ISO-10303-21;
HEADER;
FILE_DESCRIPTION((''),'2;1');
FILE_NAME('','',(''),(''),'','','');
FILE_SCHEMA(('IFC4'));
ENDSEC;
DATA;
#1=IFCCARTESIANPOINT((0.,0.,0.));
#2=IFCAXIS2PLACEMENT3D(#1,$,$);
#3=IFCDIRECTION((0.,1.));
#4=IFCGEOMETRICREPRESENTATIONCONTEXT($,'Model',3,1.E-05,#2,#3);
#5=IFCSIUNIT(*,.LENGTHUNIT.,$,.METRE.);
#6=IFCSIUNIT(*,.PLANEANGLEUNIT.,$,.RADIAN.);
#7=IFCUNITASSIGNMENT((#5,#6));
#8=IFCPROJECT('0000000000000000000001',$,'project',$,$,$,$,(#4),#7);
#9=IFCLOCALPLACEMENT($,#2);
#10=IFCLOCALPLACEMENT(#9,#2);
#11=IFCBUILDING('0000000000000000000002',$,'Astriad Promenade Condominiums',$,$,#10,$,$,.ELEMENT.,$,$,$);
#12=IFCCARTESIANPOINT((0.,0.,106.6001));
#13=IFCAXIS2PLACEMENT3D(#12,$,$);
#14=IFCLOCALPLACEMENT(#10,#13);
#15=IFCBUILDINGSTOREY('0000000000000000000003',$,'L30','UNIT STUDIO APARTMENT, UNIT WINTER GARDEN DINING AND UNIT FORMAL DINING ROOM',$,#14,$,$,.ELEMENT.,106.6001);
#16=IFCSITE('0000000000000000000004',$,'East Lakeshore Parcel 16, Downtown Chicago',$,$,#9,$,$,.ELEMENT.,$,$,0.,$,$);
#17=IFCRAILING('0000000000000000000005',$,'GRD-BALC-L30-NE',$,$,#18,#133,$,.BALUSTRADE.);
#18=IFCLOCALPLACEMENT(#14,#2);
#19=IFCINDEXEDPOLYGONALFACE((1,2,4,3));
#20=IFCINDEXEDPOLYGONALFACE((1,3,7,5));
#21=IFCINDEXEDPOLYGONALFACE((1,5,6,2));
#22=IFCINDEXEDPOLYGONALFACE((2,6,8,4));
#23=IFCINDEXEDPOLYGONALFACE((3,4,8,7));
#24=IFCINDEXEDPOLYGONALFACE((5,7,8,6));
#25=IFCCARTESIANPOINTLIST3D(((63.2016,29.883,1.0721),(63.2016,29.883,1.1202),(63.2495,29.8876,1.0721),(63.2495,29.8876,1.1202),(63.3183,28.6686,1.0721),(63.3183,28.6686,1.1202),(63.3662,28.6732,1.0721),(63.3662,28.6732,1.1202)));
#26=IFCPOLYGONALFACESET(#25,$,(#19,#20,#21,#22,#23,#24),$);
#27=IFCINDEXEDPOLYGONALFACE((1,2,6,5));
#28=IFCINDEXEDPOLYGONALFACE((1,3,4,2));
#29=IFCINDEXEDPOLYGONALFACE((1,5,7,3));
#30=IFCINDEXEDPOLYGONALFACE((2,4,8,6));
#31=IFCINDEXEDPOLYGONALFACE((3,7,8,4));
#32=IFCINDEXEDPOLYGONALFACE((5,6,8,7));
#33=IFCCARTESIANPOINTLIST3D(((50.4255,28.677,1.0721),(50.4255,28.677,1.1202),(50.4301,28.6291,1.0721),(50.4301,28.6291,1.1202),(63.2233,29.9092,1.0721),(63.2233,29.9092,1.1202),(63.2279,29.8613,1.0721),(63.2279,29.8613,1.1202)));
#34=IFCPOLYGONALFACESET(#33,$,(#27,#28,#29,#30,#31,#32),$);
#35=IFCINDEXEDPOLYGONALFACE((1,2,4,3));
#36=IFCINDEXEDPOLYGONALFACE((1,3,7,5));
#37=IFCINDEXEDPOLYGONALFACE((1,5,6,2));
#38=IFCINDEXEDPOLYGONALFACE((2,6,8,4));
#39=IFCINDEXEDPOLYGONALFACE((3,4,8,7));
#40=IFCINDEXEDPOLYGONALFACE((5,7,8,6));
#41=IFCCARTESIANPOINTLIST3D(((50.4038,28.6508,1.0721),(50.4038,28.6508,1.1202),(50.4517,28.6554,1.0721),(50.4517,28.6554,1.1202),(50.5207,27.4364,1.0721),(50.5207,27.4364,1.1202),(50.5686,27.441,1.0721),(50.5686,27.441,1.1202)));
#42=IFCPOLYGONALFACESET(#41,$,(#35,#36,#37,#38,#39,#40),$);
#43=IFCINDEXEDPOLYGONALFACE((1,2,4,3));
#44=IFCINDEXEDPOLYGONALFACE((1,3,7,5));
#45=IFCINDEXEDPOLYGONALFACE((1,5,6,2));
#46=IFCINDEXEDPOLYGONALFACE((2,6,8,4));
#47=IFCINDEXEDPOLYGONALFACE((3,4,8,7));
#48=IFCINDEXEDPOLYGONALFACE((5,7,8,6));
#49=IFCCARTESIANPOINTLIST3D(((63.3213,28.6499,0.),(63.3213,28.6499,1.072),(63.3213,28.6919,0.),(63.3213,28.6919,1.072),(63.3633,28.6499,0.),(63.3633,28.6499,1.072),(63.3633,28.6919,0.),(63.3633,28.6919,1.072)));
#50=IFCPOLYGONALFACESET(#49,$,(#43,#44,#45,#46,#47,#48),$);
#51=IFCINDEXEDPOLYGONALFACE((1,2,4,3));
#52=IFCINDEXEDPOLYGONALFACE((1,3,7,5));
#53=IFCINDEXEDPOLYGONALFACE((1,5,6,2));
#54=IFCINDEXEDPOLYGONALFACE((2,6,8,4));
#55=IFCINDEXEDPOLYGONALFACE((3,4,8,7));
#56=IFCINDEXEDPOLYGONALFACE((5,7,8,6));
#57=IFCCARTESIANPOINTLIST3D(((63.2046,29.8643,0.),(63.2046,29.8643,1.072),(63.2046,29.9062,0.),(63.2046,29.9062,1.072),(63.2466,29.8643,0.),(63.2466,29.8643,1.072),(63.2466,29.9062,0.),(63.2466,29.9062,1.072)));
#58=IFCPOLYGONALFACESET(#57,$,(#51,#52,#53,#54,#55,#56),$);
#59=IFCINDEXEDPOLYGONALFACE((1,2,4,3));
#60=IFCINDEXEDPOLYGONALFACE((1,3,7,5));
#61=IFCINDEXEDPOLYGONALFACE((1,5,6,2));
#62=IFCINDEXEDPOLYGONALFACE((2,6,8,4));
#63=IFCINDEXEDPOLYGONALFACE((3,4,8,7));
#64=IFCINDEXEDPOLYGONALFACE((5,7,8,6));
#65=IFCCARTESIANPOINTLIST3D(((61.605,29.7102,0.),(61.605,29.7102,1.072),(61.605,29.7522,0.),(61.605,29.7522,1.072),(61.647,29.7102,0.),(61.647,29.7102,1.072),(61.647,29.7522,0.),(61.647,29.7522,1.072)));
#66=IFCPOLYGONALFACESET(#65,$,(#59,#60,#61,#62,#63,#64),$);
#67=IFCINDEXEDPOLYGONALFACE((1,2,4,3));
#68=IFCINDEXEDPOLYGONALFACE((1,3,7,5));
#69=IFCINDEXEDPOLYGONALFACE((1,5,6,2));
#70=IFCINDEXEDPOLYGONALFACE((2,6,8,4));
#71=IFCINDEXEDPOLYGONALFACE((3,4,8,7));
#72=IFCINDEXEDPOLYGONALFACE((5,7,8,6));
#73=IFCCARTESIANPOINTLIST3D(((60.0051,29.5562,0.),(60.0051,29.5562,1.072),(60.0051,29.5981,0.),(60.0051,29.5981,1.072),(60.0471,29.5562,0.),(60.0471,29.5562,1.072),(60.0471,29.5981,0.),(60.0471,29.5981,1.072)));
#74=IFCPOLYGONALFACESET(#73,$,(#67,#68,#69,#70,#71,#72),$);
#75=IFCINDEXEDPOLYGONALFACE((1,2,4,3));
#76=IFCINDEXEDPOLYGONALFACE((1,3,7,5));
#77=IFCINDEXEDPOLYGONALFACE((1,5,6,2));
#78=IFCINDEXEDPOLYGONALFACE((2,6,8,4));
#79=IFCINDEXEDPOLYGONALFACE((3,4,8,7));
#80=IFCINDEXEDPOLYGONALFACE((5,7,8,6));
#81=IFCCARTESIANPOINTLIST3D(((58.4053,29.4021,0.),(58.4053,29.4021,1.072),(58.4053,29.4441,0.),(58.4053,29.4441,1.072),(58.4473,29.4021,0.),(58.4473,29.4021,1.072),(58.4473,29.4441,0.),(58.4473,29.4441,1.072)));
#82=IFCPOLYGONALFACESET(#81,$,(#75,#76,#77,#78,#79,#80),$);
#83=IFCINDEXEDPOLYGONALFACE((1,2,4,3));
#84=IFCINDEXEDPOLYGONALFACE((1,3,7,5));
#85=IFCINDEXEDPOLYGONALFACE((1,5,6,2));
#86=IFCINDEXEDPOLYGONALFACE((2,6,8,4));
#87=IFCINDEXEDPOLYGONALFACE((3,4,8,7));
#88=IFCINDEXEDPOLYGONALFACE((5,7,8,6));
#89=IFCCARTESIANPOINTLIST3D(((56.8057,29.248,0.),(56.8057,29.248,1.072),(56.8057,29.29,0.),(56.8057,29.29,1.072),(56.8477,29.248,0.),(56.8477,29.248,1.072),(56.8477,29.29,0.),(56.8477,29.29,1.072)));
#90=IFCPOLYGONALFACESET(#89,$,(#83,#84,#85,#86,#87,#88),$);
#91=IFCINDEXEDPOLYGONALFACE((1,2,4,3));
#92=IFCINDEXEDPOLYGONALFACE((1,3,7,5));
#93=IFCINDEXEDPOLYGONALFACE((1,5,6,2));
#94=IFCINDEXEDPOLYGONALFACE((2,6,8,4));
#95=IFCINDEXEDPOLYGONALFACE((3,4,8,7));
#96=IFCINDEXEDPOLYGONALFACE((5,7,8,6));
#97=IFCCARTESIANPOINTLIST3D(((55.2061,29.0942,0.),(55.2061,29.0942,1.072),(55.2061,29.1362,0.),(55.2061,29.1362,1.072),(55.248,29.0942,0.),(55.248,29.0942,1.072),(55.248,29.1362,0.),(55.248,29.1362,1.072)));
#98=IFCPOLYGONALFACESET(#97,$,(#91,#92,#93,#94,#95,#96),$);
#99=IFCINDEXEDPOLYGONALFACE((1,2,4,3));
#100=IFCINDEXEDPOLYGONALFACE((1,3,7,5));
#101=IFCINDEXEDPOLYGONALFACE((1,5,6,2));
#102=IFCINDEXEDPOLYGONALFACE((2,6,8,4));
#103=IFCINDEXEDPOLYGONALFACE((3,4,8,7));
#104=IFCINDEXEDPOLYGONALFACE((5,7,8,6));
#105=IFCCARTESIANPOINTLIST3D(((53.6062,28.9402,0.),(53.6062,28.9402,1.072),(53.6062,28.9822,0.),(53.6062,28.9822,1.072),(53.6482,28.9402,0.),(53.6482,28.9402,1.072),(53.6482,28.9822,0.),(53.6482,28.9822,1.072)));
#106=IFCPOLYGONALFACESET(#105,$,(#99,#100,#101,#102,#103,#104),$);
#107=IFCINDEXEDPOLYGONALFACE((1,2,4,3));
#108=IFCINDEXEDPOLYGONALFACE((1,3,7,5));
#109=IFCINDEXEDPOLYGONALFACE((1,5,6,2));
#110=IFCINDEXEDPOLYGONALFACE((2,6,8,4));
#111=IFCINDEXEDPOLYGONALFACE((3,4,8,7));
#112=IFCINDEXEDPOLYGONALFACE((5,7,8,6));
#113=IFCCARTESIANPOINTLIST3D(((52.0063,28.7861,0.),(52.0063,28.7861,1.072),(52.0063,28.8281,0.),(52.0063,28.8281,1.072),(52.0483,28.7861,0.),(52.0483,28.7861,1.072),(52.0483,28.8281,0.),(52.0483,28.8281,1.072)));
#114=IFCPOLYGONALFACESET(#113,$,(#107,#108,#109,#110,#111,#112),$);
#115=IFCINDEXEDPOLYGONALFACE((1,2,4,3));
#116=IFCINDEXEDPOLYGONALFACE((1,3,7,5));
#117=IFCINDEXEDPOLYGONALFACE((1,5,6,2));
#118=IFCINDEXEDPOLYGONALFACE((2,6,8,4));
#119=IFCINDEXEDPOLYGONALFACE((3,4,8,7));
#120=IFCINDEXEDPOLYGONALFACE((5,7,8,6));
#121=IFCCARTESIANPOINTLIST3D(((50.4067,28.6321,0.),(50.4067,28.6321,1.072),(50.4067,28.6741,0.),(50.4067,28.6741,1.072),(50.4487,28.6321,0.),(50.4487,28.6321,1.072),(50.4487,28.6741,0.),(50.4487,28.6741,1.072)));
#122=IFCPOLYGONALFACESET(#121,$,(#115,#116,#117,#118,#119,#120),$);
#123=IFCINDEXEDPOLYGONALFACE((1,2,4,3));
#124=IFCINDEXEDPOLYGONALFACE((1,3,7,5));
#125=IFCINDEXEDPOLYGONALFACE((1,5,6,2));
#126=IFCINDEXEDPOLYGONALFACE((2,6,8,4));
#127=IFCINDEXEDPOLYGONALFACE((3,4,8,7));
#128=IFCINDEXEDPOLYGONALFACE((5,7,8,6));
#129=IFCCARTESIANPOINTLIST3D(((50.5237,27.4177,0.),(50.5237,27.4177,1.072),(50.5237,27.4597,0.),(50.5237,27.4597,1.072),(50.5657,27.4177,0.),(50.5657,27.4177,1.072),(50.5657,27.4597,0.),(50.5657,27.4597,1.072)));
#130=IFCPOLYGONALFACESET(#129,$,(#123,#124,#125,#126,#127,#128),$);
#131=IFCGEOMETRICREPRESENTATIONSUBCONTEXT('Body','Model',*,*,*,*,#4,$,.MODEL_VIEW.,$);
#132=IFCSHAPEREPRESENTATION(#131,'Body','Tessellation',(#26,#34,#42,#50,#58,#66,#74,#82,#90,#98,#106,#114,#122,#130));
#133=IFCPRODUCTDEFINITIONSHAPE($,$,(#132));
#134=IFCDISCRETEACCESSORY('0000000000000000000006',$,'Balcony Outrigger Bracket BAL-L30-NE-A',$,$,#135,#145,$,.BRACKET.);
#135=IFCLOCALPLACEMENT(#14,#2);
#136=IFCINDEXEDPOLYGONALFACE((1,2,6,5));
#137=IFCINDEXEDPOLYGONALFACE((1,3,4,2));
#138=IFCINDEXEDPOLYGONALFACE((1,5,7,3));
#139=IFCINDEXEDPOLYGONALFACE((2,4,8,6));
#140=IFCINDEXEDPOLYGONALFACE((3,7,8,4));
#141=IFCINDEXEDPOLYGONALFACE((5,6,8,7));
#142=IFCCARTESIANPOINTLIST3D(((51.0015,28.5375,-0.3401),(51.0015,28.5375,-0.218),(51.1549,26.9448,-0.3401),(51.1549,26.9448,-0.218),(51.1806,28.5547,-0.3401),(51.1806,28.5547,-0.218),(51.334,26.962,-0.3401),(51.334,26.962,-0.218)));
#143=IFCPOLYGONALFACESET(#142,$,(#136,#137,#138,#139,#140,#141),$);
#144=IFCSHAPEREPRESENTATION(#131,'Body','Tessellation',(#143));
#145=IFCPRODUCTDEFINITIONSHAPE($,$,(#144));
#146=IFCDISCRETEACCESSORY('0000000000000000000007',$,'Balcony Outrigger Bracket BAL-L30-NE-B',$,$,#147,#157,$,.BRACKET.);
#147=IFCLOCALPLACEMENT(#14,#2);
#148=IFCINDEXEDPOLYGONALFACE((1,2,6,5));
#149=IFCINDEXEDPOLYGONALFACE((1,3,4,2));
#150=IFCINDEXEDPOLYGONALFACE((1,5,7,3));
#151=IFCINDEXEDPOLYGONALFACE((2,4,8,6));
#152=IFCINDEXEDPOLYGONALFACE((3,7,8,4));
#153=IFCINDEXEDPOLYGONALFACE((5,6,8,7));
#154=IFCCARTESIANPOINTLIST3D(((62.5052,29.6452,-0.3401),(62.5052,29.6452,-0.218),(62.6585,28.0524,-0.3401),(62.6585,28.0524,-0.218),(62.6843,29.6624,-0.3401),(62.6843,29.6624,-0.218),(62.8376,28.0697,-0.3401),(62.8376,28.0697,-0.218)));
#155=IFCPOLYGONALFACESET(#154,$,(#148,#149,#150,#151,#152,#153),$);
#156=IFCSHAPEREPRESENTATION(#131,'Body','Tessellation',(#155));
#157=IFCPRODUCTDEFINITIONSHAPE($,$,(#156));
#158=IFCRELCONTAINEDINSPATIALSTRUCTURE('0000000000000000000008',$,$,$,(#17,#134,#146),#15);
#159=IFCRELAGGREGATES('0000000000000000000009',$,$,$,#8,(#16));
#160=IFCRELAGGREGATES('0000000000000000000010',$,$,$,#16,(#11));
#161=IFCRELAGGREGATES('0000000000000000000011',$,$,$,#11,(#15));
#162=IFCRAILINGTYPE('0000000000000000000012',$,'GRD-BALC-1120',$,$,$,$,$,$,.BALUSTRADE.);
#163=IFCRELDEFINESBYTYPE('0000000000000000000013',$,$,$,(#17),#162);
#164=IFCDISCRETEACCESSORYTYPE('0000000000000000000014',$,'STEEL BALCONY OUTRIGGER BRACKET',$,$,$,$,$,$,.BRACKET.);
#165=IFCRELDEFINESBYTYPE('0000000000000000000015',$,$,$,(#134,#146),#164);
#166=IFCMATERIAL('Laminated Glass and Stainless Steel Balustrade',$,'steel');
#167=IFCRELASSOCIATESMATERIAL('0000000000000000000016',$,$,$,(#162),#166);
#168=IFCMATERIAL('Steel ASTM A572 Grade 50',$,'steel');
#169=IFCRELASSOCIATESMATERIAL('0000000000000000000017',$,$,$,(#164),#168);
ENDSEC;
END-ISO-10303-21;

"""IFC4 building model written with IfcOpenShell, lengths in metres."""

from ifc_helpers import new_model, si_unit, direction, frame, origin, origin_2d, place, context, subcontext, project, spatial, rectangle, extrude, source, transform, mapped, material, type_object, type_shapes, element, save


model = new_model("IFC4")

# Units and contexts
model_context = context("Model", 3, precision=1e-05, world=origin(), true_north=direction((0.0, 1.0)))
body_context = subcontext(model_context, "Body", "Model", "MODEL_VIEW")
ifc_project = project(units=[si_unit("LENGTHUNIT", "METRE"), si_unit("PLANEANGLEUNIT", "RADIAN")], contexts=[model_context])

# Site, building, storey
site_placement = place(None, origin())
site = spatial("IfcSite", under=ifc_project, at=site_placement, Name="East Lakeshore Parcel 16, Downtown Chicago", CompositionType="ELEMENT", RefElevation=0.0)
building_placement = place(site_placement, origin())
building = spatial("IfcBuilding", under=site, at=building_placement, Name="Astriad Promenade Condominiums", CompositionType="ELEMENT")
storey_placement = place(building_placement, frame((0.0, 0.0, 106.6001)))
storey = spatial("IfcBuildingStorey", under=building, at=storey_placement, Name="L30", Description="UNIT STUDIO APARTMENT, UNIT WINTER GARDEN DINING AND UNIT FORMAL DINING ROOM", CompositionType="ELEMENT", Elevation=106.6001)

# Railing
ifc_material_1 = material(Name="Laminated Glass and Stainless Steel Balustrade", Category="steel")
railing_type = type_object("IfcRailingType", Name="GRD-BALC-1120", PredefinedType="BALUSTRADE", material=ifc_material_1)
shared_shape_1 = source(origin(), body_context, "Body", "SweptSolid", [
    extrude(rectangle(XDim=0.0481, YDim=0.0481, at=origin_2d()), frame((0.0, 0.0, 1.0962), z_axis=(-0.095659, 0.995414, 0.0), x_axis=(-0.995414, -0.095659, 0.0)), (0.0, 0.0, 1.0), 1.22),
    extrude(rectangle(XDim=0.0481, YDim=0.0481, at=origin_2d()), frame((-0.1167, 1.2144, 1.0962), z_axis=(-0.995397, -0.095837, 0.0), x_axis=(0.095837, -0.995397, 0.0)), (0.0, 0.0, 1.0), 12.8569),
    extrude(rectangle(XDim=0.0481, YDim=0.0481, at=origin_2d()), frame((-12.9146, -0.0178, 1.0962), z_axis=(0.095857, -0.995395, 0.0), x_axis=(0.995395, 0.095857, 0.0)), (0.0, 0.0, 1.0), 1.22),
    extrude(rectangle(XDim=0.042, YDim=0.042, at=origin_2d()), origin(), (0.0, 0.0, 1.0), 1.072),
    extrude(rectangle(XDim=0.042, YDim=0.042, at=origin_2d()), frame((-0.1167, 1.2144, 0.0)), (0.0, 0.0, 1.0), 1.072),
    extrude(rectangle(XDim=0.042, YDim=0.042, at=origin_2d()), frame((-1.7163, 1.0603, 0.0)), (0.0, 0.0, 1.0), 1.072),
    extrude(rectangle(XDim=0.042, YDim=0.042, at=origin_2d()), frame((-3.3162, 0.9062, 0.0)), (0.0, 0.0, 1.0), 1.072),
    extrude(rectangle(XDim=0.042, YDim=0.042, at=origin_2d()), frame((-4.916, 0.7522, 0.0)), (0.0, 0.0, 1.0), 1.072),
    extrude(rectangle(XDim=0.042, YDim=0.042, at=origin_2d()), frame((-6.5156, 0.5981, 0.0)), (0.0, 0.0, 1.0), 1.072),
    extrude(rectangle(XDim=0.042, YDim=0.042, at=origin_2d()), frame((-8.1152, 0.4443, 0.0)), (0.0, 0.0, 1.0), 1.072),
    extrude(rectangle(XDim=0.042, YDim=0.042, at=origin_2d()), frame((-9.7151, 0.2903, 0.0)), (0.0, 0.0, 1.0), 1.072),
    extrude(rectangle(XDim=0.042, YDim=0.042, at=origin_2d()), frame((-11.3149, 0.1362, 0.0)), (0.0, 0.0, 1.0), 1.072),
    extrude(rectangle(XDim=0.042, YDim=0.042, at=origin_2d()), frame((-12.9146, -0.0178, 0.0)), (0.0, 0.0, 1.0), 1.072),
    extrude(rectangle(XDim=0.042, YDim=0.042, at=origin_2d()), frame((-12.7976, -1.2322, 0.0)), (0.0, 0.0, 1.0), 1.072),
])
type_shapes(railing_type, [shared_shape_1])
railing_placement = place(storey_placement, frame((63.3423, 28.6709, 0.0)))
element("IfcRailing", 1, at=railing_placement, inside=storey, type_object=railing_type, Name="GRD-BALC-L30-NE", PredefinedType="BALUSTRADE", context=body_context, shape_type="MappedRepresentation", body=[
    mapped(shared_shape_1, transform((0.0, 0.0, 0.0), scale=1.0)),
])

# Discrete accessories
ifc_material_2 = material(Name="Steel ASTM A572 Grade 50", Category="steel")
discrete_accessory_type = type_object("IfcDiscreteAccessoryType", Name="STEEL BALCONY OUTRIGGER BRACKET", PredefinedType="BRACKET", material=ifc_material_2)
shared_shape_2 = source(origin(), body_context, "Body", "SweptSolid", [
    extrude(rectangle(XDim=1.6001, YDim=0.1799, at=origin_2d()), origin(), (0.0, 0.0, 1.0), 0.1221),
])
type_shapes(discrete_accessory_type, [shared_shape_2])
for number, where, z_axis, x_axis, name in (
    (2, (51.1677, 27.7498, -0.3401), (0.0, 0.0, 1.0), (-0.095846, 0.995396, 0.0), "Balcony Outrigger Bracket BAL-L30-NE-A"),
    (3, (62.6714, 28.8574, -0.3401), (0.0, 0.0, 1.0), (-0.095846, 0.995396, 0.0), "Balcony Outrigger Bracket BAL-L30-NE-B"),
):
    element("IfcDiscreteAccessory", number, at=place(storey_placement, frame(where, z_axis=z_axis, x_axis=x_axis)), inside=storey, type_object=discrete_accessory_type, Name=name, PredefinedType="BRACKET", context=body_context, shape_type="MappedRepresentation", body=[
        mapped(shared_shape_2, transform((0.0, 0.0, 0.0), scale=1.0)),
    ])

save(model, "model.ifc")
